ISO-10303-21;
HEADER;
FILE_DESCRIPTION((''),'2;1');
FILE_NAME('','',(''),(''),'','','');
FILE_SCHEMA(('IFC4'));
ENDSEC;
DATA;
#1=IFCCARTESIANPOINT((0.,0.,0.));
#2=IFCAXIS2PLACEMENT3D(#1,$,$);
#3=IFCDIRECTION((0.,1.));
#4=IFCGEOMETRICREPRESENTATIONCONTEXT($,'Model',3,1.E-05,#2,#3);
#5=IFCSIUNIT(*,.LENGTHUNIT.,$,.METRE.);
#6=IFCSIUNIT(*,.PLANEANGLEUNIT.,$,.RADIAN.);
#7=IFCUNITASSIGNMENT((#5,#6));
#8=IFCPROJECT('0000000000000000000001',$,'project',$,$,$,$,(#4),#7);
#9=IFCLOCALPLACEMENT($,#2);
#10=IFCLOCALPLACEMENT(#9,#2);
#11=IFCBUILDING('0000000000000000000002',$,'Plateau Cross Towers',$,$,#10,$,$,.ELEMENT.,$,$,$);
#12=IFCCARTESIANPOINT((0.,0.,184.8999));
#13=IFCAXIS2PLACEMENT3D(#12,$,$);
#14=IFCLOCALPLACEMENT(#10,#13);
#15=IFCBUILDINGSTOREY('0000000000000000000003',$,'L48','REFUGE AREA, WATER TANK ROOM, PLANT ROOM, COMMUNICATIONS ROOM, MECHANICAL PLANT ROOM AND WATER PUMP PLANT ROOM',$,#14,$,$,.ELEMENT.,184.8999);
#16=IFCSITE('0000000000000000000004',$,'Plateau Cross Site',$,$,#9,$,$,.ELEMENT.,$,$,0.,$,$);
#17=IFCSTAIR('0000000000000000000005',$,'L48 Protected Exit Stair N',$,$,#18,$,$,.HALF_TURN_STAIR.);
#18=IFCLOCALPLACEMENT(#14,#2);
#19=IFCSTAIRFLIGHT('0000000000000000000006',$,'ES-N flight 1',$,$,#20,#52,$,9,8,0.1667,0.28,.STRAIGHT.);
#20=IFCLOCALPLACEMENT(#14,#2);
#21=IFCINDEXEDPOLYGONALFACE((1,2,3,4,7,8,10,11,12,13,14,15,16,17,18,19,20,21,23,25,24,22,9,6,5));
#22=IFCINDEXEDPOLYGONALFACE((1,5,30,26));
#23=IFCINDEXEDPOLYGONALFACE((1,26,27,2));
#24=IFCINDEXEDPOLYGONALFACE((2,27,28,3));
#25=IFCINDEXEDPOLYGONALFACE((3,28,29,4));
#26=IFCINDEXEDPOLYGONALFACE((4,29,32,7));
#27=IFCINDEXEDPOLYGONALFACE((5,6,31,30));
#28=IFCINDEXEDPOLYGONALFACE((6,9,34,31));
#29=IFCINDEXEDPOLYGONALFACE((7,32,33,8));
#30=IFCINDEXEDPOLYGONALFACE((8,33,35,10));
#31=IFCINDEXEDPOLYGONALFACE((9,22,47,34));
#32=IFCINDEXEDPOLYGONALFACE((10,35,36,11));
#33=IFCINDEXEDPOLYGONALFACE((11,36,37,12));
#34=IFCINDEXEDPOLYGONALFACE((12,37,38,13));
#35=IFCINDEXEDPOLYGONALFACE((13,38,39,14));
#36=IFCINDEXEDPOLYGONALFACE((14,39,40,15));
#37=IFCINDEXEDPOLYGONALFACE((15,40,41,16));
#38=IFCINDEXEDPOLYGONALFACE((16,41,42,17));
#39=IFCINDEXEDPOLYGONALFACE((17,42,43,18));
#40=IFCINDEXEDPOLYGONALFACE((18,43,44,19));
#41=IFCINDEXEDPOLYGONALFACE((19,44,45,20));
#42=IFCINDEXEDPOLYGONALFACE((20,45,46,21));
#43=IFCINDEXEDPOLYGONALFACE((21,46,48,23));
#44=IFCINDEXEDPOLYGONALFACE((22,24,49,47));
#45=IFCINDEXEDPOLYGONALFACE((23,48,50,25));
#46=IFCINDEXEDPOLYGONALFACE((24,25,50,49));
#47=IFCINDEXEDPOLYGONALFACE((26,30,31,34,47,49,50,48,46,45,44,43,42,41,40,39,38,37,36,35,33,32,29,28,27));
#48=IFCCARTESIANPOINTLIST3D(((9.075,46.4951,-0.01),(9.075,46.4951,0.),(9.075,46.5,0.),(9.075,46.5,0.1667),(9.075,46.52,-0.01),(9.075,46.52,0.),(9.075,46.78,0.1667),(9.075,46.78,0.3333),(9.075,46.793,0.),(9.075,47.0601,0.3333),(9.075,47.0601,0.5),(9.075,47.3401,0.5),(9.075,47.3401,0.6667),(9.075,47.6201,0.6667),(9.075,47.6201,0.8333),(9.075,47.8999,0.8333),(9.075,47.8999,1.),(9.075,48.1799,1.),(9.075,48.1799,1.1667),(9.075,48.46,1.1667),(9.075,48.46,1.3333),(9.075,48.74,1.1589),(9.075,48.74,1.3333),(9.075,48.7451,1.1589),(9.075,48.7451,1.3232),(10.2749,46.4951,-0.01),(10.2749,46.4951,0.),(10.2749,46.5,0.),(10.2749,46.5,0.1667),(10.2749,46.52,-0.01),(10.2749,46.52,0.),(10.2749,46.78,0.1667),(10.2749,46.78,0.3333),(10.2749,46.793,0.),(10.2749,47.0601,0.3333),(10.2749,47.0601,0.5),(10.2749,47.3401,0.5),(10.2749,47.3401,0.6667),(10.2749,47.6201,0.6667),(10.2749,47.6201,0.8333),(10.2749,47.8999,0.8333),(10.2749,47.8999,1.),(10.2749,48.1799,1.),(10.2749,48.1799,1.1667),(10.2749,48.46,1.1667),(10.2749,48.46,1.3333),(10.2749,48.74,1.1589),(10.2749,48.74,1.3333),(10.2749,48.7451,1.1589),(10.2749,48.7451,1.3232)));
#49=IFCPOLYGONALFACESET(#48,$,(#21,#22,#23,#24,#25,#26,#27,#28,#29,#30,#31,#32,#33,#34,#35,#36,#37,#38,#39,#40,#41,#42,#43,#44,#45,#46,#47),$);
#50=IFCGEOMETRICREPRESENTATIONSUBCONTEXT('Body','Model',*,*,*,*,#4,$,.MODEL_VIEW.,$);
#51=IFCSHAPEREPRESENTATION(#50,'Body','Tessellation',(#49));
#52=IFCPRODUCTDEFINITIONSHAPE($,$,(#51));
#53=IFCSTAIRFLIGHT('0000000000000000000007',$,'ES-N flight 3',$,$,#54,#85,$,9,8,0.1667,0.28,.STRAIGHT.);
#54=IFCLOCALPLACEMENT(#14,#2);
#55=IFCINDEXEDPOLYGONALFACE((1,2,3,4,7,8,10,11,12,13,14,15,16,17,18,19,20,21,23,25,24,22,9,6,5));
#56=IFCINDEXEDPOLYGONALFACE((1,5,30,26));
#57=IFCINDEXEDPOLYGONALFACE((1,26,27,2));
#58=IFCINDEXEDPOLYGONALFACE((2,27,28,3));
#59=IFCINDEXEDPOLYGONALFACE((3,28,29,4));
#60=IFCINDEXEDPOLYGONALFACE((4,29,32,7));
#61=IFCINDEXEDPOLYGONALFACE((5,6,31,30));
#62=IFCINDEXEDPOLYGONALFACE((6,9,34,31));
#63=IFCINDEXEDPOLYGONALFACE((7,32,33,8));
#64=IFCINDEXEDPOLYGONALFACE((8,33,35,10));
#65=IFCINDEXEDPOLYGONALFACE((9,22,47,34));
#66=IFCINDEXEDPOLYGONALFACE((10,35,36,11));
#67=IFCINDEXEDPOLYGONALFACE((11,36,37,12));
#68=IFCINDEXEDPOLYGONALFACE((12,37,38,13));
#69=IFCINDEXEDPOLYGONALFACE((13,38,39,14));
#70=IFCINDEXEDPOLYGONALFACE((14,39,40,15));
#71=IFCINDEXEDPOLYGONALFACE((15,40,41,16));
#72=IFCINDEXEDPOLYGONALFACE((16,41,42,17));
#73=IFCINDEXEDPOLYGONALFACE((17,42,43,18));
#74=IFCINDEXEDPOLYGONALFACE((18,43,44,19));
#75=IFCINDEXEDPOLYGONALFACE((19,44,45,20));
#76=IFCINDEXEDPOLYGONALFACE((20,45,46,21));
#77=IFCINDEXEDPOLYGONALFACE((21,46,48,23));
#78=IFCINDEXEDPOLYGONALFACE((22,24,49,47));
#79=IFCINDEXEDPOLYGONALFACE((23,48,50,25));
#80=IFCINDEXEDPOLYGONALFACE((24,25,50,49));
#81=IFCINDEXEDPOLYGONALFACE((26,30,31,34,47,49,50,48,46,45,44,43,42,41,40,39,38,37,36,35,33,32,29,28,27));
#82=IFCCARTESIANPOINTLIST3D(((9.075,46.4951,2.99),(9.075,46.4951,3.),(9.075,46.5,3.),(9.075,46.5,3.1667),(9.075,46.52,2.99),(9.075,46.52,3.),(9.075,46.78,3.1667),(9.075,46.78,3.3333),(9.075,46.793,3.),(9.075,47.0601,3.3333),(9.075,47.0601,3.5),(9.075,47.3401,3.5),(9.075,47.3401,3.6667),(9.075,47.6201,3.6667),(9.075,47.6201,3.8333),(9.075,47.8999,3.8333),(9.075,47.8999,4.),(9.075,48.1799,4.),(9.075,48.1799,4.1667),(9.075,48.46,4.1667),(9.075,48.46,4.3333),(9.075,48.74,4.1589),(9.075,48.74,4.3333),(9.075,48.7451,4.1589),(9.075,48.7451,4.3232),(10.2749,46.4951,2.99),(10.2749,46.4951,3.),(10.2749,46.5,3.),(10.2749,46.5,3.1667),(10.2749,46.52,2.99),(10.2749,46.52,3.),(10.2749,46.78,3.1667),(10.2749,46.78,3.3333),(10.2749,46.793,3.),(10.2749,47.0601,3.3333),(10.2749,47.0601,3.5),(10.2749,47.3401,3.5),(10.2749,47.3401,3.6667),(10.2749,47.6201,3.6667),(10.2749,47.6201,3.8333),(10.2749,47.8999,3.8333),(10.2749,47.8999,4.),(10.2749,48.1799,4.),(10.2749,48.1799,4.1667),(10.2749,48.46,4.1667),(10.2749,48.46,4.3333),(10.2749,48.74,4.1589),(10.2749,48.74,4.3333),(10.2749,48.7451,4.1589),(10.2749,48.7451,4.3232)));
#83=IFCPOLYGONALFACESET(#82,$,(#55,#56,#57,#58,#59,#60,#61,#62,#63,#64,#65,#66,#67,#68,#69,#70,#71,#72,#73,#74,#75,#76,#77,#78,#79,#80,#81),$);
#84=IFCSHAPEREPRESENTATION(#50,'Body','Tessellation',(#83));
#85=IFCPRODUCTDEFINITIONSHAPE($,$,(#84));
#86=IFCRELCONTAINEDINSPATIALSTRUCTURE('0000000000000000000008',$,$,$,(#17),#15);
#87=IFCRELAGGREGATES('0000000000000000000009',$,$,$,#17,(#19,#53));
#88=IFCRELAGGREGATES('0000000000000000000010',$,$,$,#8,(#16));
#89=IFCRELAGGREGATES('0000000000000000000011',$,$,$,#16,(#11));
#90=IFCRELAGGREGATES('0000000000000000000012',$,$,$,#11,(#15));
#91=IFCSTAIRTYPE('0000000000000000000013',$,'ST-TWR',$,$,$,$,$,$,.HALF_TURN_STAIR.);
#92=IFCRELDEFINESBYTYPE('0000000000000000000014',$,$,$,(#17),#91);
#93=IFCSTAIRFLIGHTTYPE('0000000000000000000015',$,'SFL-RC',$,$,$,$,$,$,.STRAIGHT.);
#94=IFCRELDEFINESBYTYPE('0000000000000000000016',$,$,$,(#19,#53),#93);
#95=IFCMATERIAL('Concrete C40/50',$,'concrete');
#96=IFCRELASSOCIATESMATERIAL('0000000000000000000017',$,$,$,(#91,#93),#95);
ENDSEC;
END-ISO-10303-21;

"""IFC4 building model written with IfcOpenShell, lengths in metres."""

from ifc_helpers import new_model, si_unit, direction, frame, origin, place, context, subcontext, project, spatial, polyline, outline, extrude, material, type_object, element, aggregate, save


model = new_model("IFC4")

# Units and contexts
model_context = context("Model", 3, precision=1e-05, world=origin(), true_north=direction((0.0, 1.0)))
body_context = subcontext(model_context, "Body", "Model", "MODEL_VIEW")
ifc_project = project(units=[si_unit("LENGTHUNIT", "METRE"), si_unit("PLANEANGLEUNIT", "RADIAN")], contexts=[model_context])

# Site, building, storey
site_placement = place(None, origin())
site = spatial("IfcSite", under=ifc_project, at=site_placement, Name="Plateau Cross Site", CompositionType="ELEMENT", RefElevation=0.0)
building_placement = place(site_placement, origin())
building = spatial("IfcBuilding", under=site, at=building_placement, Name="Plateau Cross Towers", CompositionType="ELEMENT")
storey_placement = place(building_placement, frame((0.0, 0.0, 184.8999)))
storey = spatial("IfcBuildingStorey", under=building, at=storey_placement, Name="L48", Description="REFUGE AREA, WATER TANK ROOM, PLANT ROOM, COMMUNICATIONS ROOM, MECHANICAL PLANT ROOM AND WATER PUMP PLANT ROOM", CompositionType="ELEMENT", Elevation=184.8999)

# Stair, stair flights
ifc_material_1 = material(Name="Concrete C40/50", Category="concrete")
stair_type = type_object("IfcStairType", Name="ST-TWR", PredefinedType="HALF_TURN_STAIR", material=ifc_material_1)
stair_placement = place(storey_placement, origin())
stair = element("IfcStair", 1, at=stair_placement, inside=storey, type_object=stair_type, Name="L48 Protected Exit Stair N", PredefinedType="HALF_TURN_STAIR")
stair_flight_type = type_object("IfcStairFlightType", Name="SFL-RC", PredefinedType="STRAIGHT", material=ifc_material_1)
stair_flight_1_placement = place(storey_placement, frame((9.675, 46.5, 0.0), z_axis=(0.0, 0.0, 1.0), x_axis=(0.0, 1.0, 0.0)))
stair_flight_1 = element("IfcStairFlight", 2, at=stair_flight_1_placement, type_object=stair_flight_type, Name="ES-N flight 1", NumberOfRisers=9, NumberOfTreads=8, PredefinedType="STRAIGHT", RiserHeight=0.1667, TreadLength=0.28, context=body_context, shape_type="SweptSolid", body=[
    extrude(outline(polyline([(-0.0049, -0.01), (-0.0049, 0.0), (0.0, 0.0), (0.0, 0.1667), (0.28, 0.1667), (0.28, 0.3333), (0.5601, 0.3333), (0.5601, 0.5), (0.8401, 0.5), (0.8401, 0.6667), (1.1201, 0.6667), (1.1201, 0.8333), (1.3999, 0.8333), (1.3999, 1.0), (1.6799, 1.0), (1.6799, 1.1667), (1.96, 1.1667), (1.96, 1.3333), (2.24, 1.3333), (2.2451, 1.3232), (2.2451, 1.1589), (2.24, 1.1589), (0.293, 0.0), (0.02, 0.0), (0.02, -0.01), (-0.0049, -0.01)])), frame((0.0, 0.6001, 0.0), z_axis=(0.0, -1.0, 0.0), x_axis=(1.0, 0.0, 0.0)), (0.0, 0.0, 1.0), 1.2),
])
stair_flight_2_placement = place(storey_placement, frame((9.675, 46.5, 3.0), z_axis=(0.0, 0.0, 1.0), x_axis=(0.0, 1.0, 0.0)))
stair_flight_2 = element("IfcStairFlight", 3, at=stair_flight_2_placement, type_object=stair_flight_type, Name="ES-N flight 3", NumberOfRisers=9, NumberOfTreads=8, PredefinedType="STRAIGHT", RiserHeight=0.1667, TreadLength=0.28, context=body_context, shape_type="SweptSolid", body=[
    extrude(outline(polyline([(-0.0049, -0.01), (-0.0049, 0.0), (0.0, 0.0), (0.0, 0.1667), (0.28, 0.1667), (0.28, 0.3333), (0.5601, 0.3333), (0.5601, 0.5), (0.8401, 0.5), (0.8401, 0.6667), (1.1201, 0.6667), (1.1201, 0.8333), (1.3999, 0.8333), (1.3999, 1.0), (1.6799, 1.0), (1.6799, 1.1667), (1.96, 1.1667), (1.96, 1.3333), (2.24, 1.3333), (2.2451, 1.3232), (2.2451, 1.1589), (2.24, 1.1589), (0.293, 0.0), (0.02, 0.0), (0.02, -0.01), (-0.0049, -0.01)])), frame((0.0, 0.6001, 0.0), z_axis=(0.0, -1.0, 0.0), x_axis=(1.0, 0.0, 0.0)), (0.0, 0.0, 1.0), 1.2),
])
aggregate(stair, [stair_flight_1, stair_flight_2])

save(model, "model.ifc")
